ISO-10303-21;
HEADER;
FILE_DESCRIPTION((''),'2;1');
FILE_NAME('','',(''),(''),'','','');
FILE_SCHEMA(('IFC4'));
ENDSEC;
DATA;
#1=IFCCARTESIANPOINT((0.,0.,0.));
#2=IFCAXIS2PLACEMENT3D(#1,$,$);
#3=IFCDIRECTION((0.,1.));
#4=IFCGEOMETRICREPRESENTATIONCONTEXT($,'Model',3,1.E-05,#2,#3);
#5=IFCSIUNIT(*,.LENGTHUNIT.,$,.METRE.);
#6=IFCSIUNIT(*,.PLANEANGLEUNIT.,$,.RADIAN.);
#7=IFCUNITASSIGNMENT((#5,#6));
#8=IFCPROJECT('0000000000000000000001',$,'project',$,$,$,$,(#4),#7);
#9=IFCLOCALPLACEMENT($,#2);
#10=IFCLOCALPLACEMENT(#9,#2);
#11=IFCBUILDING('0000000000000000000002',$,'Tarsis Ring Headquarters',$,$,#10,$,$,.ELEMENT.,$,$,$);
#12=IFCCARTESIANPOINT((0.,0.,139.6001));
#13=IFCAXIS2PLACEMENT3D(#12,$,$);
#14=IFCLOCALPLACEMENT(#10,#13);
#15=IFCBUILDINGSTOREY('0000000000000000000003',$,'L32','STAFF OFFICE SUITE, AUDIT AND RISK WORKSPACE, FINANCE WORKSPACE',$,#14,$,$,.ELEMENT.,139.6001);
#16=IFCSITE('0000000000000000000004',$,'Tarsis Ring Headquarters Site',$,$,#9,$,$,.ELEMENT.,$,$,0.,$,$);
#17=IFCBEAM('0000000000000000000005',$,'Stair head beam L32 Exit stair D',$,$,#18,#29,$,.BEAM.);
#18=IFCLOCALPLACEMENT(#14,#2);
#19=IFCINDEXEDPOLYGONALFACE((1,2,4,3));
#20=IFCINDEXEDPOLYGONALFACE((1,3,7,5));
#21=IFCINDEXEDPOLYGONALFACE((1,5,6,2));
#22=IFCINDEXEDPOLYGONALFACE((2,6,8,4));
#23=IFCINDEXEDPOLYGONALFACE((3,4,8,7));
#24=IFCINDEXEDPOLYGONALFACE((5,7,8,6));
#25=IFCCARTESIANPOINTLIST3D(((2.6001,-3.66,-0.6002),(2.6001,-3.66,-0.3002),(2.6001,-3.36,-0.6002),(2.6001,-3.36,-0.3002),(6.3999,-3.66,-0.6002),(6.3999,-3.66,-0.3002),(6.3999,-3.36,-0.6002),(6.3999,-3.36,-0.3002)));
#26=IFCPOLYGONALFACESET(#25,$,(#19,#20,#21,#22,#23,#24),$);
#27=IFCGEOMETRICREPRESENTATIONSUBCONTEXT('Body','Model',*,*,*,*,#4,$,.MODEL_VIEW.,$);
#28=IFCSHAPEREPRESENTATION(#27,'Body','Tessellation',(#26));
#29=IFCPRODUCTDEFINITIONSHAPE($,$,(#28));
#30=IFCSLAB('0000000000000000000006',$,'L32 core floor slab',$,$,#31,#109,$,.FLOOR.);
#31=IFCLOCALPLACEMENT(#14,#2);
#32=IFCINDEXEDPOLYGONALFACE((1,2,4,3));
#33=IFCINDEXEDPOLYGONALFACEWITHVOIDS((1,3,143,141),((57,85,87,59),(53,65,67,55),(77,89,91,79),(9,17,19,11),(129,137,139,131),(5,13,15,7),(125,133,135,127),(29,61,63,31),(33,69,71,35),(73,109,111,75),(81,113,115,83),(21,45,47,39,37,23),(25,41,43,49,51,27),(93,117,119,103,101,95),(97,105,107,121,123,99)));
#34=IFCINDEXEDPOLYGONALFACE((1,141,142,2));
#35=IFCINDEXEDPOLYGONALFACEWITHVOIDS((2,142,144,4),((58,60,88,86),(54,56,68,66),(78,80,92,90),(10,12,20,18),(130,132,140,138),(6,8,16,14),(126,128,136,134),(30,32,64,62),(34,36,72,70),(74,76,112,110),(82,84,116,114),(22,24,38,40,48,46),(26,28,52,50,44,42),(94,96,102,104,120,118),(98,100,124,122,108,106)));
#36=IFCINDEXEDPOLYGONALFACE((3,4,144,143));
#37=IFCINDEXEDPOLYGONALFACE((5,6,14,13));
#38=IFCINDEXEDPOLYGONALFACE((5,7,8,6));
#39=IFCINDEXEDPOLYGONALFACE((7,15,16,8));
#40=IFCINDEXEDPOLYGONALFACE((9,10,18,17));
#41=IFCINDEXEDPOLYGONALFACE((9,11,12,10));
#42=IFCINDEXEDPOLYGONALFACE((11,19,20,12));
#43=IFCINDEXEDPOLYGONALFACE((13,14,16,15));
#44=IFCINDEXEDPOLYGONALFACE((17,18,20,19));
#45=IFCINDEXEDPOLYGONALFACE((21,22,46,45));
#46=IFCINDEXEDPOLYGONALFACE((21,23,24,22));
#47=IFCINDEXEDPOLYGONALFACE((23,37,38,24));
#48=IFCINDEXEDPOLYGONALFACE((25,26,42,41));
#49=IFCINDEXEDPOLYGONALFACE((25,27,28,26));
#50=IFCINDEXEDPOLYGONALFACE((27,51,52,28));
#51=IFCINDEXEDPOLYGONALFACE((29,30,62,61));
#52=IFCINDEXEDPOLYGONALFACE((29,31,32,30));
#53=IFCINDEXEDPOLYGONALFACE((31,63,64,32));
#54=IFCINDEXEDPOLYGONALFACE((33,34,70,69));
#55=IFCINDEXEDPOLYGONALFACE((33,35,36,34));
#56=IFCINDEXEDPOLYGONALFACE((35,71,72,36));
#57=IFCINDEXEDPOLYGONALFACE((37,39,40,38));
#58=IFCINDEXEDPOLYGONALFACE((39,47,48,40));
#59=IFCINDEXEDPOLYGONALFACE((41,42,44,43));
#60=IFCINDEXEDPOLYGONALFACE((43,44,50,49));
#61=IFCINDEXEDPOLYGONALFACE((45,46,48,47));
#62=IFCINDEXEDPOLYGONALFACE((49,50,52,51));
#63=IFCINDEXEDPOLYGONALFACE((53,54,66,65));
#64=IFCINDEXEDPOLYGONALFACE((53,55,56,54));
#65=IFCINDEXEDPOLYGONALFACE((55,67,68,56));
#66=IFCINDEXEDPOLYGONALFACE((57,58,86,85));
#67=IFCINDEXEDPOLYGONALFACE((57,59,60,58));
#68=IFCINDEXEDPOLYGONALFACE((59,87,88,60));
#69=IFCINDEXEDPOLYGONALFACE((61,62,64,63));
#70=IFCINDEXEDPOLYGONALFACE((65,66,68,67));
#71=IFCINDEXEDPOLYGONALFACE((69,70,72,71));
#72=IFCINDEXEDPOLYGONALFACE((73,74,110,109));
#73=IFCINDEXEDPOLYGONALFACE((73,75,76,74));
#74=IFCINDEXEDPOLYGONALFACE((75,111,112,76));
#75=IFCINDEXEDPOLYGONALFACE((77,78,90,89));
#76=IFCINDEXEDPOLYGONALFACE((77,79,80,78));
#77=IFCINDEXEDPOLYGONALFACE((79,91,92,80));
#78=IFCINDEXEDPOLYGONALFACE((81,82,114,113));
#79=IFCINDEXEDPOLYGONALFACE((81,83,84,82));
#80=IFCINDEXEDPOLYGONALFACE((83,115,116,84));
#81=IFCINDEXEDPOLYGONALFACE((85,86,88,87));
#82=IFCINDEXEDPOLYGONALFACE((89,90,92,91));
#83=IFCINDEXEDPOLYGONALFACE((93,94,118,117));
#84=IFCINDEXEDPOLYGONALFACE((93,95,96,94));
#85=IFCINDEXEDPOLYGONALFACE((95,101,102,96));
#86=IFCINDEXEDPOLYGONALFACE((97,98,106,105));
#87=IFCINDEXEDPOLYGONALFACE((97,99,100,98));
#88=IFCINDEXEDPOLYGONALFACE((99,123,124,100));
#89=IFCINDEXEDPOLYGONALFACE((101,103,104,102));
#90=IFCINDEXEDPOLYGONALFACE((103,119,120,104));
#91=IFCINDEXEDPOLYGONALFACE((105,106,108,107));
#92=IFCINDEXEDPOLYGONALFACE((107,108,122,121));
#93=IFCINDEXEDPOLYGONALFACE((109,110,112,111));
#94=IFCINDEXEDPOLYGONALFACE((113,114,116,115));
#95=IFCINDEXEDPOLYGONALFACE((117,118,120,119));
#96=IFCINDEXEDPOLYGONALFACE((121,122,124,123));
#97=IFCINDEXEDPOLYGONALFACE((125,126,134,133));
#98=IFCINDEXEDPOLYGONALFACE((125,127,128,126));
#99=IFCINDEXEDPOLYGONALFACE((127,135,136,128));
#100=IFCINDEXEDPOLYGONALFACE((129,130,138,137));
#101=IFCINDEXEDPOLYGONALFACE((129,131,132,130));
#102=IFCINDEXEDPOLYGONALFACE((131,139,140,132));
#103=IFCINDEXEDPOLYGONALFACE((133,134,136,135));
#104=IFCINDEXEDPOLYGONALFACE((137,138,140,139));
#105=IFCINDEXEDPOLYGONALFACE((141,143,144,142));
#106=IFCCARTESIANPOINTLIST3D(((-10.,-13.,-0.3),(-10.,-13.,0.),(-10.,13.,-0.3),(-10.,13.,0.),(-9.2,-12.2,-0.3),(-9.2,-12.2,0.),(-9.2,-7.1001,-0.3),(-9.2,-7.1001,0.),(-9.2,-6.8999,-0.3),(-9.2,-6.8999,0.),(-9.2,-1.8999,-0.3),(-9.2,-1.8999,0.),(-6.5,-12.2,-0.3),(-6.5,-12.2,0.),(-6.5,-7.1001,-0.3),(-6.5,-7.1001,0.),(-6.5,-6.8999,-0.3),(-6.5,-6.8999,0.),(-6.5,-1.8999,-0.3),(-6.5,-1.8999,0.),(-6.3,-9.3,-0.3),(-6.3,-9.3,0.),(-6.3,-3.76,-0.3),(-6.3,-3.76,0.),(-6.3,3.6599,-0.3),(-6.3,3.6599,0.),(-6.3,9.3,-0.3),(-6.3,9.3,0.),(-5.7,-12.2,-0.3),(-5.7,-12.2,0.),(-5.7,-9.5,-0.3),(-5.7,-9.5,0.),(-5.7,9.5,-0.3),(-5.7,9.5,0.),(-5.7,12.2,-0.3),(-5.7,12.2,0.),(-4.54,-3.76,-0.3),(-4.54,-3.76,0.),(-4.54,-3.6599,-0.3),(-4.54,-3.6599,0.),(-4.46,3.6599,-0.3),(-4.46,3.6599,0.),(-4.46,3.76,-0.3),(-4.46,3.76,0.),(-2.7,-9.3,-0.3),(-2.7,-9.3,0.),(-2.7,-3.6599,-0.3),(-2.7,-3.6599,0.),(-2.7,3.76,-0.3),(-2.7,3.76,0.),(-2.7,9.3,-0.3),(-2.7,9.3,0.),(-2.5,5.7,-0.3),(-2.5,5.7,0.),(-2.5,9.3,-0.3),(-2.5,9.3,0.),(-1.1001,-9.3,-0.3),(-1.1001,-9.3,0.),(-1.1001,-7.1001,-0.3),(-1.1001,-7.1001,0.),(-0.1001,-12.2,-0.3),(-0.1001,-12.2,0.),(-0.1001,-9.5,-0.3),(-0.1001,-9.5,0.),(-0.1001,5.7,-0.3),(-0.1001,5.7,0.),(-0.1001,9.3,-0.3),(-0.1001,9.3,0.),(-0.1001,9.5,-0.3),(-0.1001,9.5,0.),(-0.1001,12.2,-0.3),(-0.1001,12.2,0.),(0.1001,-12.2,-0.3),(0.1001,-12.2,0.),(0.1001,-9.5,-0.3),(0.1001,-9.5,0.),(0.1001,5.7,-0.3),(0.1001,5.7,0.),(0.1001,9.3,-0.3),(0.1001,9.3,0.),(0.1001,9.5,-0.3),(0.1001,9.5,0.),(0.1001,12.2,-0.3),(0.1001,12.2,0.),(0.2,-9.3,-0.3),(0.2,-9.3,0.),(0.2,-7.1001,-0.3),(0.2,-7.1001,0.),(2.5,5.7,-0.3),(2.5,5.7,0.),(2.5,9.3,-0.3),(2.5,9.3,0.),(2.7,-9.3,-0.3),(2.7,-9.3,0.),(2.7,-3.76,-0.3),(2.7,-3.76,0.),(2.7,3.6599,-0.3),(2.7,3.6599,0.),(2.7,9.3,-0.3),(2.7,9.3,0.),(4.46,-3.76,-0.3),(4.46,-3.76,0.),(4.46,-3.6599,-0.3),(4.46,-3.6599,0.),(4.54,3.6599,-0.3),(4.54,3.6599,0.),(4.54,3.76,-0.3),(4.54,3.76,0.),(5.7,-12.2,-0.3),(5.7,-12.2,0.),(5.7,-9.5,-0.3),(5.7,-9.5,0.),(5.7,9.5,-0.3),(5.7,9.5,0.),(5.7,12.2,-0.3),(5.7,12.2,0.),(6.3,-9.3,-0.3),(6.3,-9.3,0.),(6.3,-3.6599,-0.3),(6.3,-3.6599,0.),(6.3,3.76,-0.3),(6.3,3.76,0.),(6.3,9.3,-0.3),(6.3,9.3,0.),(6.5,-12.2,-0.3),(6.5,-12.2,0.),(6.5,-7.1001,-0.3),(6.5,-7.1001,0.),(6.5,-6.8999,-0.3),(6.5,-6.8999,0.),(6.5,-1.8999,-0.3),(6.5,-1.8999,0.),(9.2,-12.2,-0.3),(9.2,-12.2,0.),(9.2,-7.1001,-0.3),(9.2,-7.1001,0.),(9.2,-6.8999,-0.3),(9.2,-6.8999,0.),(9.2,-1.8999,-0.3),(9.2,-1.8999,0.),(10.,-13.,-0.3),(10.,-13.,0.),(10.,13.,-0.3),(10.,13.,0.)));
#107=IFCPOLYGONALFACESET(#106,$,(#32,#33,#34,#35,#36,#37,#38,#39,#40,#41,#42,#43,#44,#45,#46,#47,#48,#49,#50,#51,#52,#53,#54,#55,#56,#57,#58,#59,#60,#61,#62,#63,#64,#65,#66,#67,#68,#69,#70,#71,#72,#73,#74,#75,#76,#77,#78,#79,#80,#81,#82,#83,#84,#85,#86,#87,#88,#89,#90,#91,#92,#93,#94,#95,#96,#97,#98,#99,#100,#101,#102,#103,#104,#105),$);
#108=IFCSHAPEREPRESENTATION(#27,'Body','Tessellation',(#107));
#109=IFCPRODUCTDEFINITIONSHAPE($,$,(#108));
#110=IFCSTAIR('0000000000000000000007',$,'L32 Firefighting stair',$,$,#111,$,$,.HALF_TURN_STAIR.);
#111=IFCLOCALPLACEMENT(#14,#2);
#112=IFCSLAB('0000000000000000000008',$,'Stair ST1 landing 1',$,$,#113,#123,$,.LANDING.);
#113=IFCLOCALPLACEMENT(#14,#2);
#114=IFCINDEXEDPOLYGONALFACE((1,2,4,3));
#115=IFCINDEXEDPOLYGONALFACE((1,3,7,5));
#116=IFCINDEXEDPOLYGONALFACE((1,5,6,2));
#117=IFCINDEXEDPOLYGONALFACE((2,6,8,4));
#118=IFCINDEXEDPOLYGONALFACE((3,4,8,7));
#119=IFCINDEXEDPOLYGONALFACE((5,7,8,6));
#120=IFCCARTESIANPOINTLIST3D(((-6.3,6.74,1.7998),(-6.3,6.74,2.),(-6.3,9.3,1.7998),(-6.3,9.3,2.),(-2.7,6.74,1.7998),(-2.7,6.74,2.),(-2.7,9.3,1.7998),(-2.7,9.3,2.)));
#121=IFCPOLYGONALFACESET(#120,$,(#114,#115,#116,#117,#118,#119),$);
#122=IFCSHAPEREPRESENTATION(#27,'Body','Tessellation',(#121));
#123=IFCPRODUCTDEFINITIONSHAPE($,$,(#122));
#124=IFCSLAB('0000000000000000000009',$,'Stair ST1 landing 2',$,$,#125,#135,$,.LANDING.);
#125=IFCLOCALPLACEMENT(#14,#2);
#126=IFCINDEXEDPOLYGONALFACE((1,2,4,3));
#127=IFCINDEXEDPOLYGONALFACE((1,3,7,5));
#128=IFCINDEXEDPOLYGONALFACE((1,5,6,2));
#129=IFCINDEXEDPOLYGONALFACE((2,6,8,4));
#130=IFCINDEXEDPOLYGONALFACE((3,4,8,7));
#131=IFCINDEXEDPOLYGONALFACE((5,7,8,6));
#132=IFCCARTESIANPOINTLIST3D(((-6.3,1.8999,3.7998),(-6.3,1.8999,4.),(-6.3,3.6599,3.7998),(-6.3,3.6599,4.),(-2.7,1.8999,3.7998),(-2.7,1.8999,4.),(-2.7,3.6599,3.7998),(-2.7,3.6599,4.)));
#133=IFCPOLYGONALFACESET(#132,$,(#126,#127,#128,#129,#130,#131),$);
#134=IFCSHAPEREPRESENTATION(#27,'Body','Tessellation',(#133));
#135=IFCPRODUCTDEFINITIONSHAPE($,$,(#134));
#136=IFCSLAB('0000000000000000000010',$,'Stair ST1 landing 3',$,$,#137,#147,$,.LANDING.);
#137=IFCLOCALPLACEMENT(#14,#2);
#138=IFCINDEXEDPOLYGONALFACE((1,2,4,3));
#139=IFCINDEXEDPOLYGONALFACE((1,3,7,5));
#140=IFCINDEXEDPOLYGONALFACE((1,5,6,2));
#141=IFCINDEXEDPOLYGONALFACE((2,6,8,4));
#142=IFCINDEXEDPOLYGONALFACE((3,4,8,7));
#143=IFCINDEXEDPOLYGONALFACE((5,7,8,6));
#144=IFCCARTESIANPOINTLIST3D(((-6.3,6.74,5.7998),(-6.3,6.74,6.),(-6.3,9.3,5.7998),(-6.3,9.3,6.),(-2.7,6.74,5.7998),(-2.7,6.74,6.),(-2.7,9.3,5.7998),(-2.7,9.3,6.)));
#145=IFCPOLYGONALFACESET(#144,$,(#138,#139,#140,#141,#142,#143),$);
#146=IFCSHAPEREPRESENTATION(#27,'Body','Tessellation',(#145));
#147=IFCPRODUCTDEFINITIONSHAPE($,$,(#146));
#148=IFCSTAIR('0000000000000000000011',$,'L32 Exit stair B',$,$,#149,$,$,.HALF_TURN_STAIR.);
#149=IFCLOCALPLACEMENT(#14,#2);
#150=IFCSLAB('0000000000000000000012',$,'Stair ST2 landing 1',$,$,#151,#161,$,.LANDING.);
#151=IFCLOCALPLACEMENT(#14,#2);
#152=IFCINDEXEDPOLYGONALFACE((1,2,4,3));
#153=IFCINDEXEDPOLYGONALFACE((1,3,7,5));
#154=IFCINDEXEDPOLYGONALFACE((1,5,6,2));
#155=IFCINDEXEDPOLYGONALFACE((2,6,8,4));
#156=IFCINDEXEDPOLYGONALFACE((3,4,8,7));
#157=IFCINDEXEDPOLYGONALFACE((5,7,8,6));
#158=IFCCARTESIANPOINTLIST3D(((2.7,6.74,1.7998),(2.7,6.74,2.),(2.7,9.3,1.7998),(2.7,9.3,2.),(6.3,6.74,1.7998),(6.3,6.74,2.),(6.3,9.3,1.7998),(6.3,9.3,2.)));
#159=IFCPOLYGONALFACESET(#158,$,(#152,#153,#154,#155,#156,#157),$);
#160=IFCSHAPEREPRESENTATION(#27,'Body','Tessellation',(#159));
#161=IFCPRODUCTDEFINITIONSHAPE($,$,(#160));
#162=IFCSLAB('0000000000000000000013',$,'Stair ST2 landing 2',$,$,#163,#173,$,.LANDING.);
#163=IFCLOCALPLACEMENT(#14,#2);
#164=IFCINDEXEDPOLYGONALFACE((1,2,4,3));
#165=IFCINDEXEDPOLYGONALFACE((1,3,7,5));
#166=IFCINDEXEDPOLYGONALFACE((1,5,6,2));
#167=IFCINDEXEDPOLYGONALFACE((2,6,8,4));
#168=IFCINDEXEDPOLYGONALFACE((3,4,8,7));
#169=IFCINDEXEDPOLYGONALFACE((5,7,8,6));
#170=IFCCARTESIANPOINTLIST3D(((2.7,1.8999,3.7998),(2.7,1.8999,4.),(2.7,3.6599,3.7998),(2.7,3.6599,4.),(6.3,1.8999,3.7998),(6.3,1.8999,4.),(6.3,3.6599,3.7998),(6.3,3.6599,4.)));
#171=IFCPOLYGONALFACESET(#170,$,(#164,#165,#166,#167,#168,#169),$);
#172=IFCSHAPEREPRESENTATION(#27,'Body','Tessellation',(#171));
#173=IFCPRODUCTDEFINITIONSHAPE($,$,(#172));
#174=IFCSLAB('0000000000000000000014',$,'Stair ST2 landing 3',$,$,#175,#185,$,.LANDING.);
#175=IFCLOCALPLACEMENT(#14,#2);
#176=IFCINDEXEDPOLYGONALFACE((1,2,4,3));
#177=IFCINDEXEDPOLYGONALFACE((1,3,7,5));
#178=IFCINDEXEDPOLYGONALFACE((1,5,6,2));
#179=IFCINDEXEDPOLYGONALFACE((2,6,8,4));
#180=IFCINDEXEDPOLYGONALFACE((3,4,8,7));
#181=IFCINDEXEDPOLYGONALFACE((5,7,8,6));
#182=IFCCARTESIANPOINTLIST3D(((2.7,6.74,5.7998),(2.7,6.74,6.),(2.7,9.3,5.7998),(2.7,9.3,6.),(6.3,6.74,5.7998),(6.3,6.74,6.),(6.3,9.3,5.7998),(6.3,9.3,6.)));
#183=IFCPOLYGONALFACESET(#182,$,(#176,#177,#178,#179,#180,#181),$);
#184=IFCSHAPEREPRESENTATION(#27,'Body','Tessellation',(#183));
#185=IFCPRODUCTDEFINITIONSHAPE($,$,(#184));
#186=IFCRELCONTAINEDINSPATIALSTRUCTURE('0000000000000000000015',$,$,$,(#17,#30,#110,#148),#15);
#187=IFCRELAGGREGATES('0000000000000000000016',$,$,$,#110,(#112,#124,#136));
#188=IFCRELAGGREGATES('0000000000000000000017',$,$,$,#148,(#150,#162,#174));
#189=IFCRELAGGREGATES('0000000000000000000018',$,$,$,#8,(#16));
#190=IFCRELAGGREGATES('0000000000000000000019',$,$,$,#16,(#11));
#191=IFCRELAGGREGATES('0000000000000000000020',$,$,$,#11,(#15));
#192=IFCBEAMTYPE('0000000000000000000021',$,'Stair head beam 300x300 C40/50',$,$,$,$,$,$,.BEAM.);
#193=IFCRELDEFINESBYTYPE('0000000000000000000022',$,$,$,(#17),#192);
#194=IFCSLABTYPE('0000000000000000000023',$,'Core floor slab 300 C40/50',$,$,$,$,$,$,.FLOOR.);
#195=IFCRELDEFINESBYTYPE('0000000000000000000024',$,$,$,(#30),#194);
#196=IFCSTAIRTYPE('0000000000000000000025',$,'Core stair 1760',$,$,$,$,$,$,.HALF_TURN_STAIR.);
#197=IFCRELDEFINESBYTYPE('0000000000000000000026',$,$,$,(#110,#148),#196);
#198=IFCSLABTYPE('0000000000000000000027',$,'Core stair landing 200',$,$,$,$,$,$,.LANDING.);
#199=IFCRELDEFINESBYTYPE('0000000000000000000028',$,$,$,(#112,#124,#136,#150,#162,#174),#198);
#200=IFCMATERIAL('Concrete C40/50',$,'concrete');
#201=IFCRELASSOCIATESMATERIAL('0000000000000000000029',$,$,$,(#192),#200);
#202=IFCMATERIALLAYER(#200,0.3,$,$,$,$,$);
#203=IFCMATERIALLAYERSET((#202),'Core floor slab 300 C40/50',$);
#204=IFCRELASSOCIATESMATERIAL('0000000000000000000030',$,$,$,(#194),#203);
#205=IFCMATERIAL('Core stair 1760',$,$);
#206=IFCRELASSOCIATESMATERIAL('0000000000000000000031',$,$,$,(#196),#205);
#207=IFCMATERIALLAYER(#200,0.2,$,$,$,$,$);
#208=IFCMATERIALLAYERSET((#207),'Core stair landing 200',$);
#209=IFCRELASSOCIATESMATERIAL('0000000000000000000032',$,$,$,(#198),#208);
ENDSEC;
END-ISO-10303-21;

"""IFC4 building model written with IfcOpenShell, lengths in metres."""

from ifc_helpers import new_model, si_unit, direction, frame, origin, origin_2d, place, context, subcontext, project, spatial, polyline, rectangle, outline, extrude, material, layer, layer_set, material_profile, profile_set, type_object, element, aggregate, save


model = new_model("IFC4")

# Units and contexts
model_context = context("Model", 3, precision=1e-05, world=origin(), true_north=direction((0.0, 1.0)))
body_context = subcontext(model_context, "Body", "Model", "MODEL_VIEW")
ifc_project = project(units=[si_unit("LENGTHUNIT", "METRE"), si_unit("PLANEANGLEUNIT", "RADIAN")], contexts=[model_context])

# Site, building, storey
site_placement = place(None, origin())
site = spatial("IfcSite", under=ifc_project, at=site_placement, Name="Tarsis Ring Headquarters Site", CompositionType="ELEMENT", RefElevation=0.0)
building_placement = place(site_placement, origin())
building = spatial("IfcBuilding", under=site, at=building_placement, Name="Tarsis Ring Headquarters", CompositionType="ELEMENT")
storey_placement = place(building_placement, frame((0.0, 0.0, 139.6001)))
storey = spatial("IfcBuildingStorey", under=building, at=storey_placement, Name="L32", Description="STAFF OFFICE SUITE, AUDIT AND RISK WORKSPACE, FINANCE WORKSPACE", CompositionType="ELEMENT", Elevation=139.6001)

# Beam
ifc_material_1 = material(Name="Concrete C40/50", Category="concrete")
ifc_material_profile = material_profile(ifc_material_1, rectangle(XDim=0.3, YDim=0.3, at=origin_2d()), Name="Stair head beam 300x300 C40/50")
ifc_profile_set = profile_set([ifc_material_profile], Name="Concrete C40/50")
beam_type = type_object("IfcBeamType", Name="Stair head beam 300x300 C40/50", PredefinedType="BEAM", material=ifc_profile_set)
beam_placement = place(storey_placement, frame((2.6001, -3.51, -0.4502), z_axis=(1.0, 0.0, 0.0), x_axis=(0.0, 1.0, 0.0)))
element("IfcBeam", 1, at=beam_placement, inside=storey, type_object=beam_type, Name="Stair head beam L32 Exit stair D", PredefinedType="BEAM", context=body_context, shape_type="SweptSolid", body=[
    extrude(rectangle(XDim=0.3, YDim=0.3, at=origin_2d()), origin(), (0.0, 0.0, 1.0), 3.7998),
])

# Slab
ifc_layer_1 = layer(ifc_material_1, 0.3)
ifc_layer_set_1 = layer_set([ifc_layer_1], Name="Core floor slab 300 C40/50")
slab_type_1 = type_object("IfcSlabType", Name="Core floor slab 300 C40/50", PredefinedType="FLOOR", material=ifc_layer_set_1)
slab_1_placement = place(storey_placement, frame((0.0, 0.0, -0.3)))
element("IfcSlab", 2, at=slab_1_placement, inside=storey, type_object=slab_type_1, Name="L32 core floor slab", PredefinedType="FLOOR", context=body_context, shape_type="SweptSolid", body=[
    extrude(outline(polyline([(-10.0, -13.0), (10.0, -13.0), (10.0, 13.0), (-10.0, 13.0), (-10.0, -13.0)]), holes=[polyline([(-2.5, 5.7), (-0.1001, 5.7), (-0.1001, 9.3), (-2.5, 9.3), (-2.5, 5.7)]), polyline([(0.1001, 5.7), (2.5, 5.7), (2.5, 9.3), (0.1001, 9.3), (0.1001, 5.7)]), polyline([(-9.2, -12.2), (-6.5, -12.2), (-6.5, -7.1001), (-9.2, -7.1001), (-9.2, -12.2)]), polyline([(-9.2, -6.8999), (-6.5, -6.8999), (-6.5, -1.8999), (-9.2, -1.8999), (-9.2, -6.8999)]), polyline([(6.5, -12.2), (9.2, -12.2), (9.2, -7.1001), (6.5, -7.1001), (6.5, -12.2)]), polyline([(6.5, -6.8999), (9.2, -6.8999), (9.2, -1.8999), (6.5, -1.8999), (6.5, -6.8999)]), polyline([(-5.7, 9.5), (-0.1001, 9.5), (-0.1001, 12.2), (-5.7, 12.2), (-5.7, 9.5)]), polyline([(0.1001, 9.5), (5.7, 9.5), (5.7, 12.2), (0.1001, 12.2), (0.1001, 9.5)]), polyline([(-5.7, -12.2), (-0.1001, -12.2), (-0.1001, -9.5), (-5.7, -9.5), (-5.7, -12.2)]), polyline([(0.1001, -12.2), (5.7, -12.2), (5.7, -9.5), (0.1001, -9.5), (0.1001, -12.2)]), polyline([(-1.1001, -9.3), (0.2, -9.3), (0.2, -7.1001), (-1.1001, -7.1001), (-1.1001, -9.3)]), polyline([(-2.7, 3.76), (-2.7, 9.3), (-6.3, 9.3), (-6.3, 3.6599), (-4.46, 3.6599), (-4.46, 3.76), (-2.7, 3.76)]), polyline([(6.3, 3.76), (6.3, 9.3), (2.7, 9.3), (2.7, 3.6599), (4.54, 3.6599), (4.54, 3.76), (6.3, 3.76)]), polyline([(-6.3, -3.76), (-6.3, -9.3), (-2.7, -9.3), (-2.7, -3.6599), (-4.54, -3.6599), (-4.54, -3.76), (-6.3, -3.76)]), polyline([(2.7, -3.76), (2.7, -9.3), (6.3, -9.3), (6.3, -3.6599), (4.46, -3.6599), (4.46, -3.76), (2.7, -3.76)])]), origin(), (0.0, 0.0, 1.0), 0.3),
])

# Stairs, slabs
ifc_material_2 = material(Name="Core stair 1760")
stair_type = type_object("IfcStairType", Name="Core stair 1760", PredefinedType="HALF_TURN_STAIR", material=ifc_material_2)
stair_1_placement = place(storey_placement, origin())
stair_1 = element("IfcStair", 3, at=stair_1_placement, inside=storey, type_object=stair_type, Name="L32 Firefighting stair", PredefinedType="HALF_TURN_STAIR")
ifc_layer_2 = layer(ifc_material_1, 0.2)
ifc_layer_set_2 = layer_set([ifc_layer_2], Name="Core stair landing 200")
slab_type_2 = type_object("IfcSlabType", Name="Core stair landing 200", PredefinedType="LANDING", material=ifc_layer_set_2)
slab_2_placement = place(storey_placement, frame((0.0, 0.0, 1.7998)))
slab_2 = element("IfcSlab", 4, at=slab_2_placement, type_object=slab_type_2, Name="Stair ST1 landing 1", PredefinedType="LANDING", context=body_context, shape_type="SweptSolid", body=[
    extrude(outline(polyline([(-2.7, 6.74), (-2.7, 9.3), (-6.3, 9.3), (-6.3, 6.74), (-2.7, 6.74)])), origin(), (0.0, 0.0, 1.0), 0.2002),
])
slab_3_placement = place(storey_placement, frame((0.0, 0.0, 3.7998)))
slab_3 = element("IfcSlab", 5, at=slab_3_placement, type_object=slab_type_2, Name="Stair ST1 landing 2", PredefinedType="LANDING", context=body_context, shape_type="SweptSolid", body=[
    extrude(outline(polyline([(-2.7, 1.8999), (-2.7, 3.6599), (-6.3, 3.6599), (-6.3, 1.8999), (-2.7, 1.8999)])), origin(), (0.0, 0.0, 1.0), 0.2002),
])
slab_4_placement = place(storey_placement, frame((0.0, 0.0, 5.7998)))
slab_4 = element("IfcSlab", 6, at=slab_4_placement, type_object=slab_type_2, Name="Stair ST1 landing 3", PredefinedType="LANDING", context=body_context, shape_type="SweptSolid", body=[
    extrude(outline(polyline([(-2.7, 6.74), (-2.7, 9.3), (-6.3, 9.3), (-6.3, 6.74), (-2.7, 6.74)])), origin(), (0.0, 0.0, 1.0), 0.2002),
])
aggregate(stair_1, [slab_2, slab_3, slab_4])
stair_2_placement = place(storey_placement, origin())
stair_2 = element("IfcStair", 7, at=stair_2_placement, inside=storey, type_object=stair_type, Name="L32 Exit stair B", PredefinedType="HALF_TURN_STAIR")
slab_5_placement = place(storey_placement, frame((0.0, 0.0, 1.7998)))
slab_5 = element("IfcSlab", 8, at=slab_5_placement, type_object=slab_type_2, Name="Stair ST2 landing 1", PredefinedType="LANDING", context=body_context, shape_type="SweptSolid", body=[
    extrude(outline(polyline([(6.3, 6.74), (6.3, 9.3), (2.7, 9.3), (2.7, 6.74), (6.3, 6.74)])), origin(), (0.0, 0.0, 1.0), 0.2002),
])
slab_6_placement = place(storey_placement, frame((0.0, 0.0, 3.7998)))
slab_6 = element("IfcSlab", 9, at=slab_6_placement, type_object=slab_type_2, Name="Stair ST2 landing 2", PredefinedType="LANDING", context=body_context, shape_type="SweptSolid", body=[
    extrude(outline(polyline([(6.3, 1.8999), (6.3, 3.6599), (2.7, 3.6599), (2.7, 1.8999), (6.3, 1.8999)])), origin(), (0.0, 0.0, 1.0), 0.2002),
])
slab_7_placement = place(storey_placement, frame((0.0, 0.0, 5.7998)))
slab_7 = element("IfcSlab", 10, at=slab_7_placement, type_object=slab_type_2, Name="Stair ST2 landing 3", PredefinedType="LANDING", context=body_context, shape_type="SweptSolid", body=[
    extrude(outline(polyline([(6.3, 6.74), (6.3, 9.3), (2.7, 9.3), (2.7, 6.74), (6.3, 6.74)])), origin(), (0.0, 0.0, 1.0), 0.2002),
])
aggregate(stair_2, [slab_5, slab_6, slab_7])

save(model, "model.ifc")
